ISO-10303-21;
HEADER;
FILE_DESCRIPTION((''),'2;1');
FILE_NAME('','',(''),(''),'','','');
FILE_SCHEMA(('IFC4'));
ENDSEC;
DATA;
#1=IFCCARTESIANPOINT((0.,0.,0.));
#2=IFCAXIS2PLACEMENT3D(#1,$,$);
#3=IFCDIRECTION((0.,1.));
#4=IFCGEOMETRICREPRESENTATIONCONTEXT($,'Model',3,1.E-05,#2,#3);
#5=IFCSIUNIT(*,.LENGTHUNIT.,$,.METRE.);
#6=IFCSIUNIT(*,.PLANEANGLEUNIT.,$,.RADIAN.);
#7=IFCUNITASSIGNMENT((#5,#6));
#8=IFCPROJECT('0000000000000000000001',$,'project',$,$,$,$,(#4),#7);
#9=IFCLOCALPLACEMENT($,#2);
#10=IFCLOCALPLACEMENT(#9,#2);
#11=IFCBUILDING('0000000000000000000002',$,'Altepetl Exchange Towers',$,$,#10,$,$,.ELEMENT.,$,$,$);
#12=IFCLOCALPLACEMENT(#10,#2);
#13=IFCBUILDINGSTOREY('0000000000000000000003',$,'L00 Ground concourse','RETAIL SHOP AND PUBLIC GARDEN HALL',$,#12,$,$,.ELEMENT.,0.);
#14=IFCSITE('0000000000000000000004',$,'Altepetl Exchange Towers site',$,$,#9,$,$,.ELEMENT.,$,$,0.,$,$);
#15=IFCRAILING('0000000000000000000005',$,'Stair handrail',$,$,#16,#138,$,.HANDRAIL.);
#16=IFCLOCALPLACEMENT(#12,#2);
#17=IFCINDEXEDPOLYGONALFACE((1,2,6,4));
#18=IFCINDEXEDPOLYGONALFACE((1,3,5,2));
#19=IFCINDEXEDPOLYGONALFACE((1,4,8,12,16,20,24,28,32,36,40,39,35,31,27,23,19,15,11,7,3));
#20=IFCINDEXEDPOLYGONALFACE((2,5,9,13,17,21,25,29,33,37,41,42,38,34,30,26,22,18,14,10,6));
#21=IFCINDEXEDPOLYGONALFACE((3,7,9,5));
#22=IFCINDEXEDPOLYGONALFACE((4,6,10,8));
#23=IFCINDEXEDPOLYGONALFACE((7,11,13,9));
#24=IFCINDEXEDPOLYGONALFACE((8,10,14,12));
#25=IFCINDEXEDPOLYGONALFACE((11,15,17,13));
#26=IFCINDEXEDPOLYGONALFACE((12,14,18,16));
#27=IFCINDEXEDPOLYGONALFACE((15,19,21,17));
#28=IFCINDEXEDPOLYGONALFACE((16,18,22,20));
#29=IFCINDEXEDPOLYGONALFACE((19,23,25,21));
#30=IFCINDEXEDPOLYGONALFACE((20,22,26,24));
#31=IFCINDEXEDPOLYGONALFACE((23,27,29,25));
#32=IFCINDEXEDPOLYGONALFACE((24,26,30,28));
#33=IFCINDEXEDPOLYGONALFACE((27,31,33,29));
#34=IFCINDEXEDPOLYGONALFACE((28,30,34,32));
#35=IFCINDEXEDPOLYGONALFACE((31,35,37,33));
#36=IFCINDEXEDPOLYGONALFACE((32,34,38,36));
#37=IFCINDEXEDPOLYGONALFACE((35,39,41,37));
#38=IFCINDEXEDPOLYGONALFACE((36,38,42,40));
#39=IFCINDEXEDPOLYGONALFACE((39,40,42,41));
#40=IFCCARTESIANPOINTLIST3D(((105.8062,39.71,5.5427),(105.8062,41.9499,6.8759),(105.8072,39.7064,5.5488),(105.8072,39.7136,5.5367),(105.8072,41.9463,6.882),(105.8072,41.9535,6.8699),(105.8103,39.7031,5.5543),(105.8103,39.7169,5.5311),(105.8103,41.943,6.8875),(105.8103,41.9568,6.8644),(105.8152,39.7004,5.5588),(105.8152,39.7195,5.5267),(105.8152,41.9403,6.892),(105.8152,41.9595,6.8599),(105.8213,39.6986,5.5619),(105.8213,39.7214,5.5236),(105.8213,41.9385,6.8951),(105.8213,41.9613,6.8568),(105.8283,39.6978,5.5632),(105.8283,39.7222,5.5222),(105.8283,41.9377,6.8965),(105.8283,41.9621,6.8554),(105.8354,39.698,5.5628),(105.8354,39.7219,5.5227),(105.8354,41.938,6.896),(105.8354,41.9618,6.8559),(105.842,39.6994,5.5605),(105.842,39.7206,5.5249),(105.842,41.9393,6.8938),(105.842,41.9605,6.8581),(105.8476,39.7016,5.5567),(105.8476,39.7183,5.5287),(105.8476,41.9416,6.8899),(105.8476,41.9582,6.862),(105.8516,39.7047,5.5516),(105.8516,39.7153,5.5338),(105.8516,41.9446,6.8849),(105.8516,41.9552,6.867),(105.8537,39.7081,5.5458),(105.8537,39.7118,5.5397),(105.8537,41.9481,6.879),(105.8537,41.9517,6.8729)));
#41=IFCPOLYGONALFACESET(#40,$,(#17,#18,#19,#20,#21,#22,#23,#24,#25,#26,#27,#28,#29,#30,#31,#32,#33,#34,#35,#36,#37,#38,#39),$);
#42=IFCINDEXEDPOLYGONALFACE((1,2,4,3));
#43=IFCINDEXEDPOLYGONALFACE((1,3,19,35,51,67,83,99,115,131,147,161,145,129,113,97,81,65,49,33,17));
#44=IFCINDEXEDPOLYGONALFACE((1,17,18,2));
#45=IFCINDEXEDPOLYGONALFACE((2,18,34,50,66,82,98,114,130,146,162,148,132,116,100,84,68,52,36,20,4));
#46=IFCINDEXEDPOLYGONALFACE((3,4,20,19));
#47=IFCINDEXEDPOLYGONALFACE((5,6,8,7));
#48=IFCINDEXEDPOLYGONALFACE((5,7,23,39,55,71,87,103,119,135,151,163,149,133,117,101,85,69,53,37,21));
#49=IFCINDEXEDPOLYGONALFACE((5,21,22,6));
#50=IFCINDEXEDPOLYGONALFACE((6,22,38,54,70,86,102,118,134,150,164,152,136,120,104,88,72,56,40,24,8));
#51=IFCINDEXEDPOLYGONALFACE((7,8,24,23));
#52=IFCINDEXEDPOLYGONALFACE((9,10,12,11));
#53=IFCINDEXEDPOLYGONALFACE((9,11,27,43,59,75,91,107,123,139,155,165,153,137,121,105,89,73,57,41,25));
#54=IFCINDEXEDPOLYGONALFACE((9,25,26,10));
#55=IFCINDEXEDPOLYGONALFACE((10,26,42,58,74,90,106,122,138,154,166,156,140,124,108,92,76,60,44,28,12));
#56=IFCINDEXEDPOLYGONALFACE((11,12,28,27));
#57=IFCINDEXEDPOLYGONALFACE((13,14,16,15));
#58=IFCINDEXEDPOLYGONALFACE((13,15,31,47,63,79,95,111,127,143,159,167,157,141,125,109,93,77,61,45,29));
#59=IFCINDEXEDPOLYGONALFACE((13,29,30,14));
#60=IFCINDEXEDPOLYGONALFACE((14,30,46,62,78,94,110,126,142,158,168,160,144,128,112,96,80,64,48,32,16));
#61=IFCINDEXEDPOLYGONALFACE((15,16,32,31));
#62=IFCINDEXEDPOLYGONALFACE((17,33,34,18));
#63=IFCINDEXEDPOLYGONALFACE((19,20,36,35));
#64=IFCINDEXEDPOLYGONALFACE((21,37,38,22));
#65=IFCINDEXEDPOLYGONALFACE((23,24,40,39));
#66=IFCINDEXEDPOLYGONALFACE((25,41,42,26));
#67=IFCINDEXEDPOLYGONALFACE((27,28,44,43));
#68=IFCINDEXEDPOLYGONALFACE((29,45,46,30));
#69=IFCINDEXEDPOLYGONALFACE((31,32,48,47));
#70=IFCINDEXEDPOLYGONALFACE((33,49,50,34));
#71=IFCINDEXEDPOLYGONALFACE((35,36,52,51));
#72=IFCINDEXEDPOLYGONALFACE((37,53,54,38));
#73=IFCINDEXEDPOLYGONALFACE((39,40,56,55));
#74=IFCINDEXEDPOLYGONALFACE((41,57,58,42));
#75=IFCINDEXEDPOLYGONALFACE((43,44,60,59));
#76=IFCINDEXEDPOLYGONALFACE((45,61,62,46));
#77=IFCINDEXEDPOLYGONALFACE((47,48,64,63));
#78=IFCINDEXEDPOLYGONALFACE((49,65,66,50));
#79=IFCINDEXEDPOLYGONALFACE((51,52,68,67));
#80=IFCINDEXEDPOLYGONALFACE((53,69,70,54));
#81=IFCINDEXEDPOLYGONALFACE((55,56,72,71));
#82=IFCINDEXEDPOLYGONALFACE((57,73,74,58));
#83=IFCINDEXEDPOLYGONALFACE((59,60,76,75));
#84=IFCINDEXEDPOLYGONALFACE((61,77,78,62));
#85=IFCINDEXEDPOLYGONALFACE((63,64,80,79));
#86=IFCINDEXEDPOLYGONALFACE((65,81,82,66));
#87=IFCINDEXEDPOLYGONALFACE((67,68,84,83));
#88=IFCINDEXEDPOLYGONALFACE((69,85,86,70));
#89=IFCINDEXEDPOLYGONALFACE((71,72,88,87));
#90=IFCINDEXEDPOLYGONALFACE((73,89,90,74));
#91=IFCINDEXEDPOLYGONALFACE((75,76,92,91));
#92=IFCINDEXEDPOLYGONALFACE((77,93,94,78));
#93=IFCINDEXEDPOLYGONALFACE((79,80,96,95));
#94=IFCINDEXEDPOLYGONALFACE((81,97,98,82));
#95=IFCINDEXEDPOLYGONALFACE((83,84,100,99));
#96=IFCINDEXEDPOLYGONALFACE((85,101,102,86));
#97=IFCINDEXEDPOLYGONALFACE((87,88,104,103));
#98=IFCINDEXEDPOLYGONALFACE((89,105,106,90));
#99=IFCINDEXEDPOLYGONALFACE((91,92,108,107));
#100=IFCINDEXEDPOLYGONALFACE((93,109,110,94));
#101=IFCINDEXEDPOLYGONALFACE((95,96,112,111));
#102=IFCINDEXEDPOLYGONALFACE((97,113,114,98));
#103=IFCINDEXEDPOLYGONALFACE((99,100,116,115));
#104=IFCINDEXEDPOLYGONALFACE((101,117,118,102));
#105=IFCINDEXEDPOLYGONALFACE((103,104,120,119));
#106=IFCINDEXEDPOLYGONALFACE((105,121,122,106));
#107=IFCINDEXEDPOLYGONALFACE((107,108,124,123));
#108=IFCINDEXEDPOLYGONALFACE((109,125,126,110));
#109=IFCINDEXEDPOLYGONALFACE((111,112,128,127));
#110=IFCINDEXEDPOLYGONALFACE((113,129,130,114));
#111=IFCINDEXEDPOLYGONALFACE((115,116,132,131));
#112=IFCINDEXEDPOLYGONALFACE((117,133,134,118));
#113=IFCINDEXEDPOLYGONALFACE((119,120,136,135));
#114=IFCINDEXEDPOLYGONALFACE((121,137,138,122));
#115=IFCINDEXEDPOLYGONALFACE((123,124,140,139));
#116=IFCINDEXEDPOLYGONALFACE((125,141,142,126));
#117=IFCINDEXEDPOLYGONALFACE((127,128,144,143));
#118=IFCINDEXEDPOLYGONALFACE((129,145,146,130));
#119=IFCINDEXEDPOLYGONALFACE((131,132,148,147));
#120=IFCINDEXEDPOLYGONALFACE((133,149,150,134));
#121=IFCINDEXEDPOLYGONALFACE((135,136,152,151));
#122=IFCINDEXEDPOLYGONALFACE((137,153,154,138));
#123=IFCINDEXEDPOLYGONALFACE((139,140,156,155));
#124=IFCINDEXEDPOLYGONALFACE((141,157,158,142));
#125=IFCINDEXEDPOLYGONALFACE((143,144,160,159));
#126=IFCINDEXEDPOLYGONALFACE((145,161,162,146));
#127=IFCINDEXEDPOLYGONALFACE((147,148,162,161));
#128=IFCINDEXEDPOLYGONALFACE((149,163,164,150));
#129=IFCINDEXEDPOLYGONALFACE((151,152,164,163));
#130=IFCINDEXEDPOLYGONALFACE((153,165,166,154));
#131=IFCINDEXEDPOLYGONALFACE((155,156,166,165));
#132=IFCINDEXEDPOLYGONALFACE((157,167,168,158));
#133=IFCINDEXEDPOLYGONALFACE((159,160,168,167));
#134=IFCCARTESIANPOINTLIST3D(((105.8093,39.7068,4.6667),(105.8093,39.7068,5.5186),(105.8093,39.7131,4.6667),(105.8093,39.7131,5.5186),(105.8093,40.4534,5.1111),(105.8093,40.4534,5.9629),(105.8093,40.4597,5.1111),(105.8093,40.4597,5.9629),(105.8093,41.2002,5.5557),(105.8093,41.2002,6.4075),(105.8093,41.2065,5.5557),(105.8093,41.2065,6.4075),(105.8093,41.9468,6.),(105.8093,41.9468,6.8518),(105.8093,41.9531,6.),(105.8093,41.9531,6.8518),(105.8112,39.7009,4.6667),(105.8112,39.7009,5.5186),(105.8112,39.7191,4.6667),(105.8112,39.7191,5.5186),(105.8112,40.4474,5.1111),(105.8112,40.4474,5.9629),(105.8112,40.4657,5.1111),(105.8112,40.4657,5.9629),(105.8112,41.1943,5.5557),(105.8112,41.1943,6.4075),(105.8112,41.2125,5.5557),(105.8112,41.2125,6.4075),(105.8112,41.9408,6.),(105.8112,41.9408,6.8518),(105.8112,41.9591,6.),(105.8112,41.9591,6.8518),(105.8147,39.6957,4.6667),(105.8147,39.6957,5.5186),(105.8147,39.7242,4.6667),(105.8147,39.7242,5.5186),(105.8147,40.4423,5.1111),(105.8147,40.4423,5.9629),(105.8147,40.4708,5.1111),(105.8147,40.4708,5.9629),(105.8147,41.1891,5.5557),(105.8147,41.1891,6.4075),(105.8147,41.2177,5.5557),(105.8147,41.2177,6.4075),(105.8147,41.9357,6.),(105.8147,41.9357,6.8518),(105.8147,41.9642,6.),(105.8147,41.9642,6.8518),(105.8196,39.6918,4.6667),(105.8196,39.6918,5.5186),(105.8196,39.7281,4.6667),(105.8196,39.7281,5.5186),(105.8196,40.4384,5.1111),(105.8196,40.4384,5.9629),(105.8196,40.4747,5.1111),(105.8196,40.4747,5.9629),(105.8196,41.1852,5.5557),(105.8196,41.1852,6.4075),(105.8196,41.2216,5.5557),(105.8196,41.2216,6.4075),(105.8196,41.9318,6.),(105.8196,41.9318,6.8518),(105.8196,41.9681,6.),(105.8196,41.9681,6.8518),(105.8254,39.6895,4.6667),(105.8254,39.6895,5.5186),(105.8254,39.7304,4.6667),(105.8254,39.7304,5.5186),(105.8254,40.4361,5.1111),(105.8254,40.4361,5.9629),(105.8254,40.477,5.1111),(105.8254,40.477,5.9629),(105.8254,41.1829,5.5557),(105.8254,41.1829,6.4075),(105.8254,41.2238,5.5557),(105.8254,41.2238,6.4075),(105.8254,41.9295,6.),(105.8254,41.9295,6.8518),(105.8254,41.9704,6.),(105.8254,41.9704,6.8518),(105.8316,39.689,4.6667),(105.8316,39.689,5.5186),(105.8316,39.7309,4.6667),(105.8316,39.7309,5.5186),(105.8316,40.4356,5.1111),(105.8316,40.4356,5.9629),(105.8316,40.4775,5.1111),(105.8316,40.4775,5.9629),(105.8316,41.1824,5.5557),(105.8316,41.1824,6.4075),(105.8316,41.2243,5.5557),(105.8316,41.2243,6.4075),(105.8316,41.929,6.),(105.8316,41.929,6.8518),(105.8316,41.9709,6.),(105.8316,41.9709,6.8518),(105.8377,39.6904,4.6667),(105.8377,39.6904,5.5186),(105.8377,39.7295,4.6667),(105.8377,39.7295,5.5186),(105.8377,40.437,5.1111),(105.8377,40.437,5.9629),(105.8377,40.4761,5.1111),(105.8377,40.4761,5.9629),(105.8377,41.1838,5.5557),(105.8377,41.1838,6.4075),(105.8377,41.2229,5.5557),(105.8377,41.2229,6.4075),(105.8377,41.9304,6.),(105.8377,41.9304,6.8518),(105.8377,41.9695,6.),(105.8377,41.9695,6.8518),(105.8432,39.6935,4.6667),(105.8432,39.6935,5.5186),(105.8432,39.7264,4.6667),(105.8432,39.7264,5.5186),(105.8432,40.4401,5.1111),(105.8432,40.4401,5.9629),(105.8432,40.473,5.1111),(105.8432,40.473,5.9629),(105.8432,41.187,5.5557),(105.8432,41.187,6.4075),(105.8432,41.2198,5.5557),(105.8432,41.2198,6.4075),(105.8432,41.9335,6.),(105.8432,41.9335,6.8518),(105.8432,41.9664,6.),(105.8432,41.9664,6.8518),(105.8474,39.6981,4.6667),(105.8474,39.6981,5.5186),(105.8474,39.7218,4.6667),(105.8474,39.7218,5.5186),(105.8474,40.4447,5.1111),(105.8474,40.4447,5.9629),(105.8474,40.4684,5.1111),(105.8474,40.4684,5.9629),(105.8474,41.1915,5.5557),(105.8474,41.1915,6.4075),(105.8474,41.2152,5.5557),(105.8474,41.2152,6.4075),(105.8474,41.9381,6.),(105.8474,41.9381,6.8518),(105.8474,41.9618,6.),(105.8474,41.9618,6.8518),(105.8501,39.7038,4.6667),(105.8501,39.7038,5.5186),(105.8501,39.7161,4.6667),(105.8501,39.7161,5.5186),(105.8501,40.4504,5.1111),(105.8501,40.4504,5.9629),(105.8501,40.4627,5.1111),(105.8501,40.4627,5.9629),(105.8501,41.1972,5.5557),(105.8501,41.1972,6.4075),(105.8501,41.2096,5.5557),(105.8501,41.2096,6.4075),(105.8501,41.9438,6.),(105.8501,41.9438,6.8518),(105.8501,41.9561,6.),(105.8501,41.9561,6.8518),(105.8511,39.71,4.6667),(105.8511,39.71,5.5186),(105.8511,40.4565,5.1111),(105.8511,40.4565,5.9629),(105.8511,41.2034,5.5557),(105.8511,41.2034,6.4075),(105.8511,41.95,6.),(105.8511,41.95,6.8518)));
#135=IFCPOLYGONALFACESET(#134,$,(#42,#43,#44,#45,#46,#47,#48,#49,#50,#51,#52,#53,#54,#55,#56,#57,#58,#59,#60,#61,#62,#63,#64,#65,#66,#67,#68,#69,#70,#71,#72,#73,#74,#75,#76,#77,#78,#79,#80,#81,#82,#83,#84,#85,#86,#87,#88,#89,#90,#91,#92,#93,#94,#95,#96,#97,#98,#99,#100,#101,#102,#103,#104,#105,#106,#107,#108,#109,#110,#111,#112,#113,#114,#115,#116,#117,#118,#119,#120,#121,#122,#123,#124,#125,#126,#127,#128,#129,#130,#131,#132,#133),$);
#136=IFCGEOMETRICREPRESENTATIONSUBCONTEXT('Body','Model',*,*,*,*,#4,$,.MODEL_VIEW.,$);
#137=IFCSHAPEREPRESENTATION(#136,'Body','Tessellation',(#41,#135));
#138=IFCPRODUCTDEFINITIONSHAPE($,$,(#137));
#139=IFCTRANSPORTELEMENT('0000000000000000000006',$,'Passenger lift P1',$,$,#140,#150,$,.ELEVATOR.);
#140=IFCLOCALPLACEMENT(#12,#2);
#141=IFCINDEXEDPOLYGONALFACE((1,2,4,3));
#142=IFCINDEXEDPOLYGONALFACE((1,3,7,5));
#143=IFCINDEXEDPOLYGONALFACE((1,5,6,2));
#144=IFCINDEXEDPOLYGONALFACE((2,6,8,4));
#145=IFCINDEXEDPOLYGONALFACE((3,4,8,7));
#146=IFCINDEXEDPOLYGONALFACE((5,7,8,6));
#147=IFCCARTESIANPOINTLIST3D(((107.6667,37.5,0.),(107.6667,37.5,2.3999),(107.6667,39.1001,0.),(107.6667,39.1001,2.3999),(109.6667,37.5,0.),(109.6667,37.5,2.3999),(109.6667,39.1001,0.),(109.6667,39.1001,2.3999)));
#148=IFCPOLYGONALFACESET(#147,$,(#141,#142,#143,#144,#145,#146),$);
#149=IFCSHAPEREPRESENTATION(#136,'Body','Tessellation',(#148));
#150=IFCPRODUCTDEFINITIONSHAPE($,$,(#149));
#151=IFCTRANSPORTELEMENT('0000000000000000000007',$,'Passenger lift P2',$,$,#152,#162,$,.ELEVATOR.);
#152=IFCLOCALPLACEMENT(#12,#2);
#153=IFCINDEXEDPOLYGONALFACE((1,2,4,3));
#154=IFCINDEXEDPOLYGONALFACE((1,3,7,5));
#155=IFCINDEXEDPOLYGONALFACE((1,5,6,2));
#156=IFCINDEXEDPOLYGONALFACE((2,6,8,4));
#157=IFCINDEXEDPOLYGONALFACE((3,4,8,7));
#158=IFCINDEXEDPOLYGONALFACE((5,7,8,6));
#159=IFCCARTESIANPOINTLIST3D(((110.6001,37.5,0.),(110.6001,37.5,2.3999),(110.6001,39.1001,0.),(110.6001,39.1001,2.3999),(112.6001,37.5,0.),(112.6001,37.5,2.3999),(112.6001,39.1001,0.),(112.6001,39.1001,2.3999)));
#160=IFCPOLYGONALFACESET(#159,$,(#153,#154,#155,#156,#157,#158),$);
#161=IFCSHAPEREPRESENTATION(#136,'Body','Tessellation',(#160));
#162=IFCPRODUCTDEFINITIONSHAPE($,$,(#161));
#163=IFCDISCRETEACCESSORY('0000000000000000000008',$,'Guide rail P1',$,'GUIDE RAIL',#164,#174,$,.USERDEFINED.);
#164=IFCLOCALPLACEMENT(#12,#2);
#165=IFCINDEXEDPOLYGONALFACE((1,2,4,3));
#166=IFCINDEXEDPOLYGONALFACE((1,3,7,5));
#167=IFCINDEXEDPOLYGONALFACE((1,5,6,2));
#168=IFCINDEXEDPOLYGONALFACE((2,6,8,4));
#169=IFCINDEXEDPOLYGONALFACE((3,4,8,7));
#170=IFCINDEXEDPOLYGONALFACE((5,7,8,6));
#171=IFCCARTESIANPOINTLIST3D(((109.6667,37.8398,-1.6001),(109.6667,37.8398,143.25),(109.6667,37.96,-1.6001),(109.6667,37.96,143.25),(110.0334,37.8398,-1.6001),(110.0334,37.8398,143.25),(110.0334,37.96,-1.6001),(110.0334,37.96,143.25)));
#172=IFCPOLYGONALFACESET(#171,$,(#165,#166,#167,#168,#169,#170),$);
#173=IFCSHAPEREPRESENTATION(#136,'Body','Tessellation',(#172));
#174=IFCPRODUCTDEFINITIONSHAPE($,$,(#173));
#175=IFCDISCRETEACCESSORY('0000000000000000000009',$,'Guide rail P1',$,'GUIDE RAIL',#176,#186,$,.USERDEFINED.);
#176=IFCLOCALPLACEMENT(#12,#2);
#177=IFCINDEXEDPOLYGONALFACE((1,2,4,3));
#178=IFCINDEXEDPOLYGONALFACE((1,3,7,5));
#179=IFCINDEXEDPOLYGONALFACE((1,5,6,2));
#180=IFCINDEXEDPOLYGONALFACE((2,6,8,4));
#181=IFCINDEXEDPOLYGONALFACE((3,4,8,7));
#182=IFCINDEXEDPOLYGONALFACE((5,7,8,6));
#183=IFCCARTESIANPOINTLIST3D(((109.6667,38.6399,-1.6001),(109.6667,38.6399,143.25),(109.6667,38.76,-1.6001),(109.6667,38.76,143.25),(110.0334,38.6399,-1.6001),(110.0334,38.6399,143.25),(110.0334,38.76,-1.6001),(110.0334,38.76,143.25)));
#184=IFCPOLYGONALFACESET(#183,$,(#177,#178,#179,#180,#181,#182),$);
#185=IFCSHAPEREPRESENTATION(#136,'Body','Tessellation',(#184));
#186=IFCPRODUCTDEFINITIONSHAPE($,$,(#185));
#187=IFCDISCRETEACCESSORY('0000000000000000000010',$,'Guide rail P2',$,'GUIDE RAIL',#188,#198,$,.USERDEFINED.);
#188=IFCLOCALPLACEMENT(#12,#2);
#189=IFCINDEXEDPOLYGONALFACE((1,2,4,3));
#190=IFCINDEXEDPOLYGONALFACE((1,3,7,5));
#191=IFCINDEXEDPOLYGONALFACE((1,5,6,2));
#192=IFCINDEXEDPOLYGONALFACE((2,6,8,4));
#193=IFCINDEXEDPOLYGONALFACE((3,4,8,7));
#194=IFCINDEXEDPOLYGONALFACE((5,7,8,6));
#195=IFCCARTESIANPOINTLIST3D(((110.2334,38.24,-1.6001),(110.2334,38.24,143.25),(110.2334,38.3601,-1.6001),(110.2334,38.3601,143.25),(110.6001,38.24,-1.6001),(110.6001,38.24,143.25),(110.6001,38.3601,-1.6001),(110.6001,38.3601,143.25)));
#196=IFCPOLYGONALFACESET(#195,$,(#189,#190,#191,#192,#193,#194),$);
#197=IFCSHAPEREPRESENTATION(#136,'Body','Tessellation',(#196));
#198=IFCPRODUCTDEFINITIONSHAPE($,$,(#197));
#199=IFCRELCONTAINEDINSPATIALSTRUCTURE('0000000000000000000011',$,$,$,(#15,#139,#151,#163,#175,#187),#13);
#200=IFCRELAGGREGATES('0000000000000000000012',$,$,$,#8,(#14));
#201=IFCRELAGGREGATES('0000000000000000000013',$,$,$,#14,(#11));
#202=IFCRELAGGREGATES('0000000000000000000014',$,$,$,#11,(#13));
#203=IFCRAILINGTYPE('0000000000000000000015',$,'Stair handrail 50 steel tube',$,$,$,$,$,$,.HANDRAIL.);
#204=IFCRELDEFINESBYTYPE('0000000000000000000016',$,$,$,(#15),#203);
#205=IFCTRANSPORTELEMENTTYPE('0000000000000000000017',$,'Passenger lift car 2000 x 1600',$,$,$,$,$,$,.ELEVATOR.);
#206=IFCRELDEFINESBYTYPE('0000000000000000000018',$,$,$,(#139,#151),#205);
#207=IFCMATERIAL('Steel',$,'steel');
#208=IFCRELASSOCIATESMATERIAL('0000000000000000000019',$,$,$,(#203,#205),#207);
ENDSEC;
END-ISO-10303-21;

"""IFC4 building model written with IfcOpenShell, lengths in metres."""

from ifc_helpers import new_model, si_unit, direction, frame, origin, origin_2d, place, context, subcontext, project, spatial, rectangle, circle, extrude, source, transform, mapped, material, type_object, element, save


model = new_model("IFC4")

# Units and contexts
model_context = context("Model", 3, precision=1e-05, world=origin(), true_north=direction((0.0, 1.0)))
body_context = subcontext(model_context, "Body", "Model", "MODEL_VIEW")
ifc_project = project(units=[si_unit("LENGTHUNIT", "METRE"), si_unit("PLANEANGLEUNIT", "RADIAN")], contexts=[model_context])

# Site, building, storey
site_placement = place(None, origin())
site = spatial("IfcSite", under=ifc_project, at=site_placement, Name="Altepetl Exchange Towers site", CompositionType="ELEMENT", RefElevation=0.0)
building_placement = place(site_placement, origin())
building = spatial("IfcBuilding", under=site, at=building_placement, Name="Altepetl Exchange Towers", CompositionType="ELEMENT")
storey_placement = place(building_placement, origin())
storey = spatial("IfcBuildingStorey", under=building, at=storey_placement, Name="L00 Ground concourse", Description="RETAIL SHOP AND PUBLIC GARDEN HALL", CompositionType="ELEMENT", Elevation=0.0)

# Railing
ifc_material_1 = material(Name="Steel", Category="steel")
railing_type = type_object("IfcRailingType", Name="Stair handrail 50 steel tube", PredefinedType="HANDRAIL", material=ifc_material_1)
shared_shape = source(origin(), body_context, "Body", "SweptSolid", [
    extrude(circle(Radius=0.021, at=origin_2d()), origin(), (0.0, 0.0, 1.0), 0.8518),
])
for number, where, name in (
    (1, (105.8301, 39.71, 4.6667), "Stair handrail"),
):
    element("IfcRailing", number, at=place(storey_placement, frame(where)), inside=storey, type_object=railing_type, Name=name, PredefinedType="HANDRAIL", context=body_context, shape_type="SweptSolid", body=[
        extrude(circle(Radius=0.0239, at=origin_2d()), frame((0.0, 0.0, 0.876), z_axis=(0.0, 0.859306, 0.511462), x_axis=(-1.0, 0.0, 0.0)), (0.0, 0.0, 1.0), 2.6067),
        mapped(shared_shape, transform((0.0, 0.0, 0.0))),
        mapped(shared_shape, transform((0.0, 0.7466, 0.4443))),
        mapped(shared_shape, transform((0.0, 1.4934, 0.8889))),
        mapped(shared_shape, transform((0.0, 2.24, 1.3333))),
    ])

# Transport elements
transport_element_type = type_object("IfcTransportElementType", Name="Passenger lift car 2000 x 1600", PredefinedType="ELEVATOR", material=ifc_material_1)
for number, where, name in (
    (2, (108.6667, 38.3, 0.0), "Passenger lift P1"),
    (3, (111.6001, 38.3, 0.0), "Passenger lift P2"),
):
    element("IfcTransportElement", number, at=place(storey_placement, frame(where)), inside=storey, type_object=transport_element_type, Name=name, PredefinedType="ELEVATOR", context=body_context, shape_type="SweptSolid", body=[
        extrude(rectangle(XDim=2.0, YDim=1.6001, at=origin_2d()), origin(), (0.0, 0.0, 1.0), 2.3999),
    ])

# Discrete accessories
for number, where, name in (
    (4, (109.8501, 37.8999, -1.6001), "Guide rail P1"),
    (5, (109.8501, 38.7, -1.6001), "Guide rail P1"),
    (6, (110.4167, 38.3, -1.6001), "Guide rail P2"),
):
    element("IfcDiscreteAccessory", number, at=place(storey_placement, frame(where)), inside=storey, Name=name, ObjectType="GUIDE RAIL", PredefinedType="USERDEFINED", context=body_context, shape_type="SweptSolid", body=[
        extrude(rectangle(XDim=0.3667, YDim=0.1201, at=origin_2d()), origin(), (0.0, 0.0, 1.0), 144.8501),
    ])

save(model, "model.ifc")
